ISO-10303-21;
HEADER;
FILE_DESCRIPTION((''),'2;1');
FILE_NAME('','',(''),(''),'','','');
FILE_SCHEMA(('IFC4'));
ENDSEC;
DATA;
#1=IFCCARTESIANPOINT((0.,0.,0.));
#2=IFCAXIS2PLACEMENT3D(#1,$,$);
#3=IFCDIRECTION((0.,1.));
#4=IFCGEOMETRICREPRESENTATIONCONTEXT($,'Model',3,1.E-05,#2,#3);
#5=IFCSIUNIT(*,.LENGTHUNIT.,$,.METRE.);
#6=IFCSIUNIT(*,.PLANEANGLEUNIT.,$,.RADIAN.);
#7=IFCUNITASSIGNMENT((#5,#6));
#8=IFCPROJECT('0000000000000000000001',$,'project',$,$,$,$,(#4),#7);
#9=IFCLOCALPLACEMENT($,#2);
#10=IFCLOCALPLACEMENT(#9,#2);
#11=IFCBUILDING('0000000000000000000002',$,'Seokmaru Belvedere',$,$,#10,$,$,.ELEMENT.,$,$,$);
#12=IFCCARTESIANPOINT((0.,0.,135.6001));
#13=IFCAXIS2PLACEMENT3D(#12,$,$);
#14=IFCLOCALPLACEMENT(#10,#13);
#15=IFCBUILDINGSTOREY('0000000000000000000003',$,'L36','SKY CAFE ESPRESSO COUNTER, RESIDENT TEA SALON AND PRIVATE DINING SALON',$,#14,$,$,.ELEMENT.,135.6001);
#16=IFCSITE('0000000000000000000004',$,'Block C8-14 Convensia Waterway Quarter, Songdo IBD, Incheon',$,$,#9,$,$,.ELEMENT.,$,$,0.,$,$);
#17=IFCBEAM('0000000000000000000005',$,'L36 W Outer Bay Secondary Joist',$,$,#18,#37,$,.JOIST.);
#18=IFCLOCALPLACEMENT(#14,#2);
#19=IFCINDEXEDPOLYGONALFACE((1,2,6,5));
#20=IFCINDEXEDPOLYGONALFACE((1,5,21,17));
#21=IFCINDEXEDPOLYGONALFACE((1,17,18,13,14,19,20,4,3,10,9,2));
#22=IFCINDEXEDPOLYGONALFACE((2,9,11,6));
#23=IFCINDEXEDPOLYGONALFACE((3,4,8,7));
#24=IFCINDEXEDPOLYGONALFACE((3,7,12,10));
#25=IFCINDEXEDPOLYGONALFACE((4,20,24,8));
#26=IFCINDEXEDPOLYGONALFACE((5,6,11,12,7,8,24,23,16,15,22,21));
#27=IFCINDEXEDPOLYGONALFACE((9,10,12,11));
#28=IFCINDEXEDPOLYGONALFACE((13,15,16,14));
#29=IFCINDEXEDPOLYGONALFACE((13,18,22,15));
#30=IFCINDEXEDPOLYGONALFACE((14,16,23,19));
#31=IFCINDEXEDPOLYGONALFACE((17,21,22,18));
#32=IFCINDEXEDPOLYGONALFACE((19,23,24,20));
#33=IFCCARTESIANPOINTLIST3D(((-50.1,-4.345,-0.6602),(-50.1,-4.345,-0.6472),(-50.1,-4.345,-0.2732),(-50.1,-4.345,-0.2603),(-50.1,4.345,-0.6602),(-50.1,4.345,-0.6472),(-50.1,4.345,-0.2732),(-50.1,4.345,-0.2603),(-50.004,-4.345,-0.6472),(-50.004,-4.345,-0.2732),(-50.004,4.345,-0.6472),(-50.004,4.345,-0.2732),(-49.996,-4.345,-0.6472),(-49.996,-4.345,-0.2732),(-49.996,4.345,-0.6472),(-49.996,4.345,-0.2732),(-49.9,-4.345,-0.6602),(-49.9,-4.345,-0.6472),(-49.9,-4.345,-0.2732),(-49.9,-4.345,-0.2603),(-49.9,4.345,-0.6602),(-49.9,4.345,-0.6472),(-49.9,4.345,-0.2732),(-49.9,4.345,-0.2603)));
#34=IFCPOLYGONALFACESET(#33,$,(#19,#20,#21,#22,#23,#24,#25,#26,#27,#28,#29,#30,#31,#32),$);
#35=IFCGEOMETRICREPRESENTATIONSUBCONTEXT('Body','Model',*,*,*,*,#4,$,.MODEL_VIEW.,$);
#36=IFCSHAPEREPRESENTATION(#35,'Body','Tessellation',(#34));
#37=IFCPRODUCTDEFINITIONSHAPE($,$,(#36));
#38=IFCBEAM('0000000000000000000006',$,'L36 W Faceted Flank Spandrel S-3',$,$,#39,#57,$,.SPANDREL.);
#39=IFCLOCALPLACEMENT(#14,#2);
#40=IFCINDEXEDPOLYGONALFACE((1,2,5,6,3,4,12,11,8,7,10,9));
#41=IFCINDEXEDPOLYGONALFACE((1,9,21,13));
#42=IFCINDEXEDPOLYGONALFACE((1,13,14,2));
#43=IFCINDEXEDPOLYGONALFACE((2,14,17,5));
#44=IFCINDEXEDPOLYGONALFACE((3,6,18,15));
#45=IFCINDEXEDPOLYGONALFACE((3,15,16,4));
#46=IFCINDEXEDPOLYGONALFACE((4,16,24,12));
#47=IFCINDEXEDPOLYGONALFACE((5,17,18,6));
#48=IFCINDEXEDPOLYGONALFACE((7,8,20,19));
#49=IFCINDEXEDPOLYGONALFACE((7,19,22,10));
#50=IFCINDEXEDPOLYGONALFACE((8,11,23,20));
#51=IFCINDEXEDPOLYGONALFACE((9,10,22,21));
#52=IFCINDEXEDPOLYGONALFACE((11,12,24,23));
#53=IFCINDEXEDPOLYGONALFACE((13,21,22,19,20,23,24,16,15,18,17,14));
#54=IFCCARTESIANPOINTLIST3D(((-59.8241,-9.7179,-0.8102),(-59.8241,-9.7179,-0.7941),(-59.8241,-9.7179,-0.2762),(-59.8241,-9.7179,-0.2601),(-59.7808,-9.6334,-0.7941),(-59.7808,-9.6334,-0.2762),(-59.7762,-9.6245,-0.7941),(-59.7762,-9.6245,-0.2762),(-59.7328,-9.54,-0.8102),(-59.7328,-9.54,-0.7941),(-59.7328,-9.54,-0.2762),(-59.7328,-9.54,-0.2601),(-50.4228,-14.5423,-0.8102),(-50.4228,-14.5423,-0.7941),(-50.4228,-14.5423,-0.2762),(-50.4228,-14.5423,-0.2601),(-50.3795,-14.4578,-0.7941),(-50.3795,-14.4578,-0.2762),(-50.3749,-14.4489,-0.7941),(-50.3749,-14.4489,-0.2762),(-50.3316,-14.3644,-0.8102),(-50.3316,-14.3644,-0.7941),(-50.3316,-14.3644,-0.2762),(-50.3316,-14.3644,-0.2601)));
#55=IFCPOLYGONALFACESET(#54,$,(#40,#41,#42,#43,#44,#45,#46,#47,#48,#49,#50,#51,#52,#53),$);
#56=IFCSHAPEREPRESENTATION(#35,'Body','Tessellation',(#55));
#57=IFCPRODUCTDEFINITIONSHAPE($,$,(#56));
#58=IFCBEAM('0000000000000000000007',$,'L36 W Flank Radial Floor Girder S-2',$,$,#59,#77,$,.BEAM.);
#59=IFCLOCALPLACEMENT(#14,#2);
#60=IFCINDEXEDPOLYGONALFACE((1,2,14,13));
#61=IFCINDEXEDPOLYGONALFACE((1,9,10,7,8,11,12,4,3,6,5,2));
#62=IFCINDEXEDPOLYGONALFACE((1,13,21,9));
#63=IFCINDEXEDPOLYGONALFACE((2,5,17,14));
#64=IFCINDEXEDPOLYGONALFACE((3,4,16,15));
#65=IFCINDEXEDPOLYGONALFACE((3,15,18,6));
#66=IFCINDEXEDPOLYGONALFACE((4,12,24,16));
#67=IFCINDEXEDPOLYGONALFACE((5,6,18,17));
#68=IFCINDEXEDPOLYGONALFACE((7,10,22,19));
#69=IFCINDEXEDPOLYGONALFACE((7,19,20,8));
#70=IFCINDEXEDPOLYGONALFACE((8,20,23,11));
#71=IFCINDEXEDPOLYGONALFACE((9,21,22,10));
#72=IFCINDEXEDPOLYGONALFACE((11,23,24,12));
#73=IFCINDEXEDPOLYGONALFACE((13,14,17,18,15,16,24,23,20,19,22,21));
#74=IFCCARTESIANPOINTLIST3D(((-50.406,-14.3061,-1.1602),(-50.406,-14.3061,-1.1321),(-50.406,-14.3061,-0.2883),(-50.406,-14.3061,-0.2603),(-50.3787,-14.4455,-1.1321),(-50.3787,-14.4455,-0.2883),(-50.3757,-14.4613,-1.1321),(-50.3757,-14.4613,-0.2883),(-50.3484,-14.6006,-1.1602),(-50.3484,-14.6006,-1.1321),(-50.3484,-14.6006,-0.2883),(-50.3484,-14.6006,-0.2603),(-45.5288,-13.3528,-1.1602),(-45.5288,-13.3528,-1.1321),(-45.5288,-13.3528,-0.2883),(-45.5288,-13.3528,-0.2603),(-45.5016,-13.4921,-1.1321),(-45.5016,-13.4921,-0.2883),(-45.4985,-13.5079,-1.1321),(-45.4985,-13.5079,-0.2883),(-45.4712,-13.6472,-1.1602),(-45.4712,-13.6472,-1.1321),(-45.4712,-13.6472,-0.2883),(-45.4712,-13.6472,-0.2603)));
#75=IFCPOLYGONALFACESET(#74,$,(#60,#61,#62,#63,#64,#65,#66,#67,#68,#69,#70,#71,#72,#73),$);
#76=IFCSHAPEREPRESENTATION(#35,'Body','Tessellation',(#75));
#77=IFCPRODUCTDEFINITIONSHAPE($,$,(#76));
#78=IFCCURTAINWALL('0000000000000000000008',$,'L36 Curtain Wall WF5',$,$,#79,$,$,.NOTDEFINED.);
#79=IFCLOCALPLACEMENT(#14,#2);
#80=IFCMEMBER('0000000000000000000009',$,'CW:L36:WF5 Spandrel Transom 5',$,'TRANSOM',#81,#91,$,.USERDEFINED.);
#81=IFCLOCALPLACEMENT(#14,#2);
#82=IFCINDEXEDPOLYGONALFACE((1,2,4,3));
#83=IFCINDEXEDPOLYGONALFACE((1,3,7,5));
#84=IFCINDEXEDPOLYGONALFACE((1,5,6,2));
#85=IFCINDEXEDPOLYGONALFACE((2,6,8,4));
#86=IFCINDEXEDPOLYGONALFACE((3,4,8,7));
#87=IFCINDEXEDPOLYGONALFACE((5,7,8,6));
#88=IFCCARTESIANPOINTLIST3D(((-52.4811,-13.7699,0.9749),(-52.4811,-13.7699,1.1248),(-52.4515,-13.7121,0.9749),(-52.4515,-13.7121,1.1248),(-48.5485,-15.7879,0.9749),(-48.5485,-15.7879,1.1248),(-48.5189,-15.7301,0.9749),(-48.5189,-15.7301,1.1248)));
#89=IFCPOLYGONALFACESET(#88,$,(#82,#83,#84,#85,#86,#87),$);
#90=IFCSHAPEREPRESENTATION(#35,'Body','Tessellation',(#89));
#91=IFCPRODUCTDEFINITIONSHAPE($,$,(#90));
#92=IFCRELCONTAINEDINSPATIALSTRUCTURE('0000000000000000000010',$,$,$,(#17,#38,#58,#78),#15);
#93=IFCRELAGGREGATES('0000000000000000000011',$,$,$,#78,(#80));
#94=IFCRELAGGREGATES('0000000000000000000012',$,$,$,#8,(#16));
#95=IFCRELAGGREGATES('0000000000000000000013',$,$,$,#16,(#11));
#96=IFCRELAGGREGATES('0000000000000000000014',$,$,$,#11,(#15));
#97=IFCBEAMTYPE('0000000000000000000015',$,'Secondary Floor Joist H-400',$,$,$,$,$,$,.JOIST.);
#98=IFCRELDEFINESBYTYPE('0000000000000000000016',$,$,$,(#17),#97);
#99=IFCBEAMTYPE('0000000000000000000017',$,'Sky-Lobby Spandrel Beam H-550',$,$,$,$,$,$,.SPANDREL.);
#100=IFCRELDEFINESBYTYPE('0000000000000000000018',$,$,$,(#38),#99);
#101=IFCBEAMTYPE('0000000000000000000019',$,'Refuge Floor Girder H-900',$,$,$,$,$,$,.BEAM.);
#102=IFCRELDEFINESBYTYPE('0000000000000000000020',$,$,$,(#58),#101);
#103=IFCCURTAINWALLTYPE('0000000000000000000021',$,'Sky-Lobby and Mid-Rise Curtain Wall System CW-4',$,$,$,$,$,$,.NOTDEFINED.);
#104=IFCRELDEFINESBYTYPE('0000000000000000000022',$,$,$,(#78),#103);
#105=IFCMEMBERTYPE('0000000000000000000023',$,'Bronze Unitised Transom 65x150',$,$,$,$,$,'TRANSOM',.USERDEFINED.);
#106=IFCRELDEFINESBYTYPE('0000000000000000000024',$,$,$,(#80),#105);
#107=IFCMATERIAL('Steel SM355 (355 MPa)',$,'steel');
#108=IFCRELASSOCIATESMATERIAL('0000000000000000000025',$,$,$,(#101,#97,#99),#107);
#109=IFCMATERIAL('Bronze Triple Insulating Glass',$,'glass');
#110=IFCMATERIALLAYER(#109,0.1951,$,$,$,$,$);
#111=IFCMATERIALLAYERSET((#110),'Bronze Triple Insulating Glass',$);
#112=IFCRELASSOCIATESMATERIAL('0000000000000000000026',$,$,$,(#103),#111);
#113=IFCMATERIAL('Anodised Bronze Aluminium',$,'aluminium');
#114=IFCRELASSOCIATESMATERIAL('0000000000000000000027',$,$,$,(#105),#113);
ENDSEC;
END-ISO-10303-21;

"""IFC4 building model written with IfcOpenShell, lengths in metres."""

from ifc_helpers import new_model, si_unit, direction, frame, origin, origin_2d, place, context, subcontext, project, spatial, rectangle, i_section, extrude, source, transform, mapped, material, layer, layer_set, material_profile, profile_set, type_object, type_shapes, element, aggregate, save


model = new_model("IFC4")

# Units and contexts
model_context = context("Model", 3, precision=1e-05, world=origin(), true_north=direction((0.0, 1.0)))
body_context = subcontext(model_context, "Body", "Model", "MODEL_VIEW")
ifc_project = project(units=[si_unit("LENGTHUNIT", "METRE"), si_unit("PLANEANGLEUNIT", "RADIAN")], contexts=[model_context])

# Site, building, storey
site_placement = place(None, origin())
site = spatial("IfcSite", under=ifc_project, at=site_placement, Name="Block C8-14 Convensia Waterway Quarter, Songdo IBD, Incheon", CompositionType="ELEMENT", RefElevation=0.0)
building_placement = place(site_placement, origin())
building = spatial("IfcBuilding", under=site, at=building_placement, Name="Seokmaru Belvedere", CompositionType="ELEMENT")
storey_placement = place(building_placement, frame((0.0, 0.0, 135.6001)))
storey = spatial("IfcBuildingStorey", under=building, at=storey_placement, Name="L36", Description="SKY CAFE ESPRESSO COUNTER, RESIDENT TEA SALON AND PRIVATE DINING SALON", CompositionType="ELEMENT", Elevation=135.6001)

# Shared definitions
ifc_material_1 = material(Name="Steel SM355 (355 MPa)", Category="steel")

# Beams
ifc_material_profile_1 = material_profile(ifc_material_1, i_section(OverallWidth=0.3, OverallDepth=0.8999, WebThickness=0.0161, FlangeThickness=0.0281, at=origin_2d()), Name="H-900x300x16x28")
ifc_profile_set_1 = profile_set([ifc_material_profile_1], Name="Steel SM355 (355 MPa)")
beam_type_1 = type_object("IfcBeamType", Name="Refuge Floor Girder H-900", PredefinedType="BEAM", material=ifc_profile_set_1)
ifc_material_profile_2 = material_profile(ifc_material_1, i_section(OverallWidth=0.2, OverallDepth=0.3999, WebThickness=0.0081, FlangeThickness=0.0129, at=origin_2d()), Name="H-400x200x8x13")
ifc_profile_set_2 = profile_set([ifc_material_profile_2], Name="Steel SM355 (355 MPa)")
beam_type_2 = type_object("IfcBeamType", Name="Secondary Floor Joist H-400", PredefinedType="JOIST", material=ifc_profile_set_2)
shared_shape_1 = source(origin(), body_context, "Body", "SweptSolid", [
    extrude(i_section(OverallWidth=0.2, OverallDepth=0.3999, WebThickness=0.0081, FlangeThickness=0.0129, at=origin_2d()), origin(), (0.0, 0.0, 1.0), 8.6899),
])
type_shapes(beam_type_2, [shared_shape_1])
for number, where, z_axis, x_axis, name in (
    (1, (-50.0, -4.345, -0.4602), (0.0, 1.0, 0.0), (-1.0, 0.0, 0.0), "L36 W Outer Bay Secondary Joist"),
):
    element("IfcBeam", number, at=place(storey_placement, frame(where, z_axis=z_axis, x_axis=x_axis)), inside=storey, type_object=beam_type_2, Name=name, PredefinedType="JOIST", context=body_context, shape_type="MappedRepresentation", body=[
        mapped(shared_shape_1, transform((0.0, 0.0, 0.0), scale=1.0)),
    ])
ifc_material_profile_3 = material_profile(ifc_material_1, i_section(OverallWidth=0.2, OverallDepth=0.55, WebThickness=0.01, FlangeThickness=0.0161, at=origin_2d()), Name="H-550x200x10x16")
ifc_profile_set_3 = profile_set([ifc_material_profile_3], Name="Steel SM355 (355 MPa)")
beam_type_3 = type_object("IfcBeamType", Name="Sky-Lobby Spandrel Beam H-550", PredefinedType="SPANDREL", material=ifc_profile_set_3)
shared_shape_2 = source(origin(), body_context, "Body", "SweptSolid", [
    extrude(i_section(OverallWidth=0.2, OverallDepth=0.55, WebThickness=0.01, FlangeThickness=0.0161, at=origin_2d()), origin(), (0.0, 0.0, 1.0), 10.5669),
])
type_shapes(beam_type_3, [shared_shape_2])
beam_1_placement = place(storey_placement, frame((-50.3772, -14.4534, -0.5352), z_axis=(-0.889693, 0.45656, 0.0), x_axis=(-0.45656, -0.889693, 0.0)))
element("IfcBeam", 2, at=beam_1_placement, inside=storey, type_object=beam_type_3, Name="L36 W Faceted Flank Spandrel S-3", PredefinedType="SPANDREL", context=body_context, shape_type="MappedRepresentation", body=[
    mapped(shared_shape_2, transform((0.0, 0.0, 0.0), scale=1.0)),
])
shared_shape_3 = source(origin(), body_context, "Body", "SweptSolid", [
    extrude(i_section(OverallWidth=0.3, OverallDepth=0.8999, WebThickness=0.0161, FlangeThickness=0.0281, at=origin_2d()), origin(), (0.0, 0.0, 1.0), 4.9695),
])
beam_2_placement = place(storey_placement, frame((-50.3772, -14.4534, -0.7102), z_axis=(0.981425, 0.191844, 0.0), x_axis=(-0.191844, 0.981425, 0.0)))
element("IfcBeam", 3, at=beam_2_placement, inside=storey, type_object=beam_type_1, Name="L36 W Flank Radial Floor Girder S-2", PredefinedType="BEAM", context=body_context, shape_type="MappedRepresentation", body=[
    mapped(shared_shape_3, transform((0.0, 0.0, 0.0), scale=1.0)),
])

# Curtain wall, member
ifc_material_2 = material(Name="Bronze Triple Insulating Glass", Category="glass")
ifc_layer_1 = layer(ifc_material_2, 0.1951)
ifc_layer_set_1 = layer_set([ifc_layer_1], Name="Bronze Triple Insulating Glass")
curtain_wall_type = type_object("IfcCurtainWallType", Name="Sky-Lobby and Mid-Rise Curtain Wall System CW-4", PredefinedType="NOTDEFINED", material=ifc_layer_set_1)
curtain_wall_placement = place(storey_placement, origin())
curtain_wall = element("IfcCurtainWall", 4, at=curtain_wall_placement, inside=storey, type_object=curtain_wall_type, Name="L36 Curtain Wall WF5", PredefinedType="NOTDEFINED")
ifc_material_3 = material(Name="Anodised Bronze Aluminium", Category="aluminium")
ifc_material_profile_4 = material_profile(ifc_material_3, rectangle(XDim=0.0649, YDim=0.1499, at=origin_2d()), Name="CW-T-65x150")
ifc_profile_set_4 = profile_set([ifc_material_profile_4], Name="Anodised Bronze Aluminium")
member_type = type_object("IfcMemberType", Name="Bronze Unitised Transom 65x150", ElementType="TRANSOM", PredefinedType="USERDEFINED", material=ifc_profile_set_4)
shared_shape_4 = source(origin(), body_context, "Body", "SweptSolid", [
    extrude(rectangle(XDim=0.0649, YDim=0.1499, at=origin_2d()), origin(), (0.0, 0.0, 1.0), 4.4202),
])
type_shapes(member_type, [shared_shape_4])
member_placement = place(storey_placement, frame((-52.4663, -13.741, 1.0498), z_axis=(0.889694, -0.456557, 0.0), x_axis=(0.456557, 0.889694, 0.0)))
member = element("IfcMember", 5, at=member_placement, type_object=member_type, Name="CW:L36:WF5 Spandrel Transom 5", ObjectType="TRANSOM", PredefinedType="USERDEFINED", context=body_context, shape_type="MappedRepresentation", body=[
    mapped(shared_shape_4, transform((0.0, 0.0, 0.0), scale=1.0)),
])
aggregate(curtain_wall, [member])

save(model, "model.ifc")
